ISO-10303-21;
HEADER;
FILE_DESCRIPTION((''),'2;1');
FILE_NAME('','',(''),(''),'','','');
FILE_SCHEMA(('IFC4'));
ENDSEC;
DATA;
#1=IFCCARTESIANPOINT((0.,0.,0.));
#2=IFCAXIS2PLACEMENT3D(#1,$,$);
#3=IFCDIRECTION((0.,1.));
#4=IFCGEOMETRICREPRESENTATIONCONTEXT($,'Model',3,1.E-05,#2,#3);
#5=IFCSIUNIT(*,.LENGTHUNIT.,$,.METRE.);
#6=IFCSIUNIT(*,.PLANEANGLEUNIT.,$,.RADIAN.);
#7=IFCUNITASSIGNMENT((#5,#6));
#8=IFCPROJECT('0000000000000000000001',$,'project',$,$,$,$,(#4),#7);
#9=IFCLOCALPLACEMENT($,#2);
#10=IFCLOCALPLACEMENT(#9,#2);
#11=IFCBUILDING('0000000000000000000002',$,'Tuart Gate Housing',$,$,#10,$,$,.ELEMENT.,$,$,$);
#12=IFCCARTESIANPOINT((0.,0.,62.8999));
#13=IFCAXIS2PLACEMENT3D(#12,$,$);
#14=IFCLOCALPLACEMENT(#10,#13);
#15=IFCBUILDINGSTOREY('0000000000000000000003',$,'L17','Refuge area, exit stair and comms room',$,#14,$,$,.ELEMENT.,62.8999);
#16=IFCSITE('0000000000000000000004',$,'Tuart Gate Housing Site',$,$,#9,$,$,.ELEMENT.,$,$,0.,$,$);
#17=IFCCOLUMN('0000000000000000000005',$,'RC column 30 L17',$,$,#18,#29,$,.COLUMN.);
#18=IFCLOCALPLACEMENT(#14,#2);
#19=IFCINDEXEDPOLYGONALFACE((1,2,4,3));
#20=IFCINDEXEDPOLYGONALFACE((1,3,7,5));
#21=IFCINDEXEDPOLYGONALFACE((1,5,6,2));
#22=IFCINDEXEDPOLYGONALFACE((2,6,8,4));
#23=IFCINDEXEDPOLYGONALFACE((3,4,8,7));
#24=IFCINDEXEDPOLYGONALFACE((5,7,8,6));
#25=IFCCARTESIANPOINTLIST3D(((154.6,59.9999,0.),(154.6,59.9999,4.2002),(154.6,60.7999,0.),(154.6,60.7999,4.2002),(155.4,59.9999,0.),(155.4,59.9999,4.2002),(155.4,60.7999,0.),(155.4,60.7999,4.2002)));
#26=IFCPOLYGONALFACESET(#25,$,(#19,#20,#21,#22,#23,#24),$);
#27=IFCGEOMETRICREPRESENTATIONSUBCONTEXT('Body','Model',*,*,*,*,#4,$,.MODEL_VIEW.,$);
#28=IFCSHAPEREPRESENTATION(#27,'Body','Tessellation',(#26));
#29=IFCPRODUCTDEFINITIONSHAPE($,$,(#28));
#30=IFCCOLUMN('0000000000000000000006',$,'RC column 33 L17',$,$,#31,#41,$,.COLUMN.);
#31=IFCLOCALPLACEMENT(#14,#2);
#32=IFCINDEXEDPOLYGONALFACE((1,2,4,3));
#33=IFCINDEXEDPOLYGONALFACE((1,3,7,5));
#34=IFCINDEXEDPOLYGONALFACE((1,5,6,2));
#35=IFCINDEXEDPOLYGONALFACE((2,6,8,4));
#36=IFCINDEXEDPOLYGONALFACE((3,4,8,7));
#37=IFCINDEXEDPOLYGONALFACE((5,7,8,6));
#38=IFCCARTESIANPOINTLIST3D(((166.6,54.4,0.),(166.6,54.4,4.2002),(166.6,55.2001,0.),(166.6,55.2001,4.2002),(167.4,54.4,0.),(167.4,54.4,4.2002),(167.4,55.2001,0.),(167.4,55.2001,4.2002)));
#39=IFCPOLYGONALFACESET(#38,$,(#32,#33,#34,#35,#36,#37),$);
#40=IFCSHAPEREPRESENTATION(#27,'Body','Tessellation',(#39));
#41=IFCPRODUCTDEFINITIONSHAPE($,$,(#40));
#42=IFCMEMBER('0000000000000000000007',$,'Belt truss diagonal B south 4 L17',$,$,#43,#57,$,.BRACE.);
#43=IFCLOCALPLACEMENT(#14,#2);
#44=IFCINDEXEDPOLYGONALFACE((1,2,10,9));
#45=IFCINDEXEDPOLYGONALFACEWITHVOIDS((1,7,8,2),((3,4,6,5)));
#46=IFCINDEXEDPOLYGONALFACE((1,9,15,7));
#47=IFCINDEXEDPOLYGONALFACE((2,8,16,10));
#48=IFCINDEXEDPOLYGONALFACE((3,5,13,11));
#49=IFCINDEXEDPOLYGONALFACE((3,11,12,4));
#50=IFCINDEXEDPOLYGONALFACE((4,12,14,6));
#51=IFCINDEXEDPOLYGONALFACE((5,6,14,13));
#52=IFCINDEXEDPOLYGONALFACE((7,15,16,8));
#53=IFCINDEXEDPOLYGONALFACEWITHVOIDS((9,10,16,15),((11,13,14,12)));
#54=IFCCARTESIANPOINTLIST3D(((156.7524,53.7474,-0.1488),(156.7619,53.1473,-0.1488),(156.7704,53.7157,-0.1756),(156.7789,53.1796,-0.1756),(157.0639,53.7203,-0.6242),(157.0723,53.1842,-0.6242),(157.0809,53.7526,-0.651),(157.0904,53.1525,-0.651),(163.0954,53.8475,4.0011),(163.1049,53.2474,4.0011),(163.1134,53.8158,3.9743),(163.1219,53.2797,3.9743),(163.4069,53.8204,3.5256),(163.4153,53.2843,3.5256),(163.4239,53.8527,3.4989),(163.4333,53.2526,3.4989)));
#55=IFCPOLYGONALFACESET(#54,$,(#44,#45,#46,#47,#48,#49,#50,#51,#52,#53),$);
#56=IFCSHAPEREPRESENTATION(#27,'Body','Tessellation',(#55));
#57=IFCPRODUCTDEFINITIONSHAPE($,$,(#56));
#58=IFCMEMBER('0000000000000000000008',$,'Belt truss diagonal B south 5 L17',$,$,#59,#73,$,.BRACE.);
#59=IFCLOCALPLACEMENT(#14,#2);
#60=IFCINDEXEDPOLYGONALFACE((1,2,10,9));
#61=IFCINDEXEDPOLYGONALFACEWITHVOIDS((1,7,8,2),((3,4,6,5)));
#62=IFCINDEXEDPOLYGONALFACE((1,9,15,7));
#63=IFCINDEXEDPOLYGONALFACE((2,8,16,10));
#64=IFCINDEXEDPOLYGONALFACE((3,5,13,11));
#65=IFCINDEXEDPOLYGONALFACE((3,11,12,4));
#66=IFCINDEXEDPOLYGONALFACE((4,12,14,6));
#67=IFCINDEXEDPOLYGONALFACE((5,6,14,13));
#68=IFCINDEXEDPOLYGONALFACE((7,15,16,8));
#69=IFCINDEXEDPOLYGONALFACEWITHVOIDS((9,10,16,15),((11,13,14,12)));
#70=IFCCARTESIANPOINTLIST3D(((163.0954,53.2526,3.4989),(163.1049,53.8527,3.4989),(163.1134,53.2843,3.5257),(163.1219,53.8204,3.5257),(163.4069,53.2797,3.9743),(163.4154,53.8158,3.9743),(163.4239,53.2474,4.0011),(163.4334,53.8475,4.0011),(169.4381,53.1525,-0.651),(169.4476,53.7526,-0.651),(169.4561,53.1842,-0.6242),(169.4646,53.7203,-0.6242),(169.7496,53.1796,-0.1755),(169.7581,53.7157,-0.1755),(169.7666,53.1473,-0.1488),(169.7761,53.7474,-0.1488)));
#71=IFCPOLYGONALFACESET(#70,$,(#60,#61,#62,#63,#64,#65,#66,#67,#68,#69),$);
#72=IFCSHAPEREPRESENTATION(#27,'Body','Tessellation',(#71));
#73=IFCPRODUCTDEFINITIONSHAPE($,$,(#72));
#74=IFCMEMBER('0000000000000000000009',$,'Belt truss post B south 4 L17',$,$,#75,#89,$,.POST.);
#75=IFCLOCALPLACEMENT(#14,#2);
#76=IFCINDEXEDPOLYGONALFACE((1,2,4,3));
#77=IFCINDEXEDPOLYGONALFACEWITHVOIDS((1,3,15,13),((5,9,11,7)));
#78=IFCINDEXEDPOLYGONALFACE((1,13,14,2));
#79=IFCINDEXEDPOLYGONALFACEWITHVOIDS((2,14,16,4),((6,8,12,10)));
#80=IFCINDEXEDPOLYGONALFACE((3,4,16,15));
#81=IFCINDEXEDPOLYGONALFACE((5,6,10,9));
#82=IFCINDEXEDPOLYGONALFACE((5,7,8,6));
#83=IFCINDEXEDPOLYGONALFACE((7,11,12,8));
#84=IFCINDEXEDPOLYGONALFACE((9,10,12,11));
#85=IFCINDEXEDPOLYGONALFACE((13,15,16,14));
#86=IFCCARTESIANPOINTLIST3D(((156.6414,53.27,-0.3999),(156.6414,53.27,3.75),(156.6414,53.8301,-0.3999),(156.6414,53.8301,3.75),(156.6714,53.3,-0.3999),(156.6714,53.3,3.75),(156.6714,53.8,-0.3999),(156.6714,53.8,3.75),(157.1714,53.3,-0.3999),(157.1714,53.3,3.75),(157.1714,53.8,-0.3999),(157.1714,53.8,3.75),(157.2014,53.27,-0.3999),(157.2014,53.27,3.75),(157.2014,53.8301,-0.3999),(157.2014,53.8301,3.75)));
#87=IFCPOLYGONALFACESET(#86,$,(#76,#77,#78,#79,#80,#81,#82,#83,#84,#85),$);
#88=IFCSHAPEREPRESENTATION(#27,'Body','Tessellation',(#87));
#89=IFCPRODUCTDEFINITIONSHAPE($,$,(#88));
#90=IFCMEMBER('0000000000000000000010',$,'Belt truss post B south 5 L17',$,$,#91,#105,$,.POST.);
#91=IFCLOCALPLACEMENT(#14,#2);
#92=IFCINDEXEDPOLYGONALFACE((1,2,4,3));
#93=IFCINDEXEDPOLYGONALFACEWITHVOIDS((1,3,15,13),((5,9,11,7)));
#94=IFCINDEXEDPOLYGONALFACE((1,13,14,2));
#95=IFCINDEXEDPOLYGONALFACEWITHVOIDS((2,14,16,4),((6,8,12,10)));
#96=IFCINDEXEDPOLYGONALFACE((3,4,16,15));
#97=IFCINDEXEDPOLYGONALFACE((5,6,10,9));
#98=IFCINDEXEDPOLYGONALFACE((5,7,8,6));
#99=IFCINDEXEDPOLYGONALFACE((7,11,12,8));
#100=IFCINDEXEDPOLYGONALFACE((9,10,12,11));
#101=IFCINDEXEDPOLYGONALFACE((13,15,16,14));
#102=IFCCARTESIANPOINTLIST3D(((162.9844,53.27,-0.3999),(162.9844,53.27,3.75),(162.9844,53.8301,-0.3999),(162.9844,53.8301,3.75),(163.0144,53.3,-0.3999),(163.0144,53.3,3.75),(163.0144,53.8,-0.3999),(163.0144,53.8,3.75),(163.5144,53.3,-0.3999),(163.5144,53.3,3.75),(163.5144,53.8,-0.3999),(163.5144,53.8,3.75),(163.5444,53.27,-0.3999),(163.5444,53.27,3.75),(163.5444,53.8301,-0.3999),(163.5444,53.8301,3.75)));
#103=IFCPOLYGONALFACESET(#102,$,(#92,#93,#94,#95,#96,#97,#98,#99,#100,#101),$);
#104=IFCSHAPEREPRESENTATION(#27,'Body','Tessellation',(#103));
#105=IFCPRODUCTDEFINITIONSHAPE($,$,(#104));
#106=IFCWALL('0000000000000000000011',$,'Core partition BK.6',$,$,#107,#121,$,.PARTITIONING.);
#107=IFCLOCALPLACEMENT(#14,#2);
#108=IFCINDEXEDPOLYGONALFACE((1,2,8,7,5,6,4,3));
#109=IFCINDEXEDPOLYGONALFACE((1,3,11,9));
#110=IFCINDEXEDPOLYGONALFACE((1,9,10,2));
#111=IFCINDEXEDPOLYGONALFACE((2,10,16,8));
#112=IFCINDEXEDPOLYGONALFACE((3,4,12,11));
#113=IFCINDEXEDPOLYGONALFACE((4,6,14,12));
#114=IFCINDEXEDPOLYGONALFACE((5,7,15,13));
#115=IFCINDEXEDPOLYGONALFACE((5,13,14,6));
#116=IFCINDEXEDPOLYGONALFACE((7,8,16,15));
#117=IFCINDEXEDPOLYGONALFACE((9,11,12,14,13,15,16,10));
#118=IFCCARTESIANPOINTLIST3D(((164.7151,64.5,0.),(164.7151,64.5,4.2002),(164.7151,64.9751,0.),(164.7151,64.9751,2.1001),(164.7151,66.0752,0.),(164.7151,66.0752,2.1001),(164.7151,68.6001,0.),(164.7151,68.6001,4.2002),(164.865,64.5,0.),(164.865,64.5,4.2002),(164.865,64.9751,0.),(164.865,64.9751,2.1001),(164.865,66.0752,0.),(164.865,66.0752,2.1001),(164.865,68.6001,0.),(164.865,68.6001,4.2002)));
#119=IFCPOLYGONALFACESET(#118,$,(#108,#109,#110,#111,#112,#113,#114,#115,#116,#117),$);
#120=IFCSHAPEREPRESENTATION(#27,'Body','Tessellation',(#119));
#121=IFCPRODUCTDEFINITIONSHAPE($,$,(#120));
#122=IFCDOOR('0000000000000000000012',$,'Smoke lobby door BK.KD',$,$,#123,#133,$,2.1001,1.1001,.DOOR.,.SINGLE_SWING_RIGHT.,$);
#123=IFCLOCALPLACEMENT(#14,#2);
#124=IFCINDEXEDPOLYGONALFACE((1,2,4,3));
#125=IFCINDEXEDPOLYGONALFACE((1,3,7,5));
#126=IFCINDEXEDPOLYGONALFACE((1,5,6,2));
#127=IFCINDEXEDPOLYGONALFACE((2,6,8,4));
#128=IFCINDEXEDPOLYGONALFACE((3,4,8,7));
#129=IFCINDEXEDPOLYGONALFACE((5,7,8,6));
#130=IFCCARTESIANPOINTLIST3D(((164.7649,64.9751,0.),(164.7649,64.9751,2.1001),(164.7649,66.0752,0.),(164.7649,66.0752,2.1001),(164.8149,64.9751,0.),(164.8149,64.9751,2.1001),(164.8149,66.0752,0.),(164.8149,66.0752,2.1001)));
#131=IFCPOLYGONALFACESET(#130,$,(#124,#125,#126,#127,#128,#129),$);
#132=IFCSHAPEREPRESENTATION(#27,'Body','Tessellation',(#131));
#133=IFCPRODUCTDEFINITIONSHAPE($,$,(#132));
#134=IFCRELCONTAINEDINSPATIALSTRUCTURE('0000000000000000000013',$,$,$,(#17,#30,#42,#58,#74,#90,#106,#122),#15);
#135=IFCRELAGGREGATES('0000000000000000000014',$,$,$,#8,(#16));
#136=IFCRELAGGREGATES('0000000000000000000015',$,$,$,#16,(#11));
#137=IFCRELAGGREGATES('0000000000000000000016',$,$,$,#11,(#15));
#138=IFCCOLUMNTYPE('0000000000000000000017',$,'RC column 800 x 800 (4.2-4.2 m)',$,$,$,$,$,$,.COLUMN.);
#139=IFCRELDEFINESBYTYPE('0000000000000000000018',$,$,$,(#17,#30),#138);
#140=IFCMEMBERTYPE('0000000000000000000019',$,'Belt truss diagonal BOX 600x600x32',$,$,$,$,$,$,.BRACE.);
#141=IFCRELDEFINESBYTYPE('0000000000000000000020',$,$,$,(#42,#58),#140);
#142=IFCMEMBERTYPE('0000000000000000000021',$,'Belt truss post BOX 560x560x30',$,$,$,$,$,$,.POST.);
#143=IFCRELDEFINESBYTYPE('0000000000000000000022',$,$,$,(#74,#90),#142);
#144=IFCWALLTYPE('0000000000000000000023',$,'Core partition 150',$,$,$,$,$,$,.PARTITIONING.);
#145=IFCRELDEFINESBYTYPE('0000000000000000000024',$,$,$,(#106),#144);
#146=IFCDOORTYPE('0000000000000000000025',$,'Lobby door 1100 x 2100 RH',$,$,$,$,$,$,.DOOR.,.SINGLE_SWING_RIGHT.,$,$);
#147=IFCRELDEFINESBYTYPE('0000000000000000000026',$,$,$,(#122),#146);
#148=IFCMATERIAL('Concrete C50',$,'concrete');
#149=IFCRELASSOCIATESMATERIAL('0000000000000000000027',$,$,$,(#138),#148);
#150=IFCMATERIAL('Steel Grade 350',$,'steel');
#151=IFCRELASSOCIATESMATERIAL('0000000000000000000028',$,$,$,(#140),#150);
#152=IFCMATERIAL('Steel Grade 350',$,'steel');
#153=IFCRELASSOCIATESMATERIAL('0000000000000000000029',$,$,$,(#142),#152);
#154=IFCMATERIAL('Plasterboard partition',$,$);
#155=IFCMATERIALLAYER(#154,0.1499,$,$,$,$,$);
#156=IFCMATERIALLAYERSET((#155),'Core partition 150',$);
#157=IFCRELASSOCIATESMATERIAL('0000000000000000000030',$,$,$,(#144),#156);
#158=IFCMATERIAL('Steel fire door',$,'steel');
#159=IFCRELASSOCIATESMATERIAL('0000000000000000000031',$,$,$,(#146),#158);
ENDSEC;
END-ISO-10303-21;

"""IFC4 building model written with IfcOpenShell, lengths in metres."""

from ifc_helpers import new_model, si_unit, direction, frame, frame_2d, origin, origin_2d, place, context, subcontext, project, spatial, rectangle, hollow_rectangle, extrude, material, layer, layer_set, material_profile, profile_set, type_object, element, fill, save


model = new_model("IFC4")

# Units and contexts
model_context = context("Model", 3, precision=1e-05, world=origin(), true_north=direction((0.0, 1.0)))
body_context = subcontext(model_context, "Body", "Model", "MODEL_VIEW")
ifc_project = project(units=[si_unit("LENGTHUNIT", "METRE"), si_unit("PLANEANGLEUNIT", "RADIAN")], contexts=[model_context])

# Site, building, storey
site_placement = place(None, origin())
site = spatial("IfcSite", under=ifc_project, at=site_placement, Name="Tuart Gate Housing Site", CompositionType="ELEMENT", RefElevation=0.0)
building_placement = place(site_placement, origin())
building = spatial("IfcBuilding", under=site, at=building_placement, Name="Tuart Gate Housing", CompositionType="ELEMENT")
storey_placement = place(building_placement, frame((0.0, 0.0, 62.8999)))
storey = spatial("IfcBuildingStorey", under=building, at=storey_placement, Name="L17", Description="Refuge area, exit stair and comms room", CompositionType="ELEMENT", Elevation=62.8999)

# Columns
ifc_material_1 = material(Name="Concrete C50", Category="concrete")
ifc_material_profile_1 = material_profile(ifc_material_1, rectangle(XDim=0.8, YDim=0.8, at=origin_2d()), Name="RC column 800 x 800 (4.2-4.2 m)")
ifc_profile_set_1 = profile_set([ifc_material_profile_1], Name="Concrete C50")
column_type = type_object("IfcColumnType", Name="RC column 800 x 800 (4.2-4.2 m)", PredefinedType="COLUMN", material=ifc_profile_set_1)
for number, where, z_axis, x_axis, name in (
    (1, (155.0, 60.3999, 0.0), (0.0, 0.0, 1.0), (1.0, 0.0, 0.0), "RC column 30 L17"),
    (2, (167.0, 54.8, 0.0), (0.0, 0.0, 1.0), (1.0, 0.0, 0.0), "RC column 33 L17"),
):
    element("IfcColumn", number, at=place(storey_placement, frame(where, z_axis=z_axis, x_axis=x_axis)), inside=storey, type_object=column_type, Name=name, PredefinedType="COLUMN", context=body_context, shape_type="SweptSolid", body=[
        extrude(rectangle(XDim=0.8, YDim=0.8, at=origin_2d()), origin(), (0.0, 0.0, 1.0), 4.2002),
    ])

# Members
ifc_material_2 = material(Name="Steel Grade 350", Category="steel")
ifc_material_profile_2 = material_profile(ifc_material_2, hollow_rectangle(XDim=0.6001, YDim=0.6001, WallThickness=0.032, at=origin_2d()), Name="BOX 600x600x32")
ifc_profile_set_2 = profile_set([ifc_material_profile_2], Name="Steel Grade 350")
member_type_1 = type_object("IfcMemberType", Name="Belt truss diagonal BOX 600x600x32", PredefinedType="BRACE", material=ifc_profile_set_2)
member_1_placement = place(storey_placement, frame((156.9214, 53.45, -0.3999), z_axis=(0.836743, 0.013204, 0.547437), x_axis=(-0.015779, 0.999876, 0.0)))
element("IfcMember", 3, at=member_1_placement, inside=storey, type_object=member_type_1, Name="Belt truss diagonal B south 4 L17", PredefinedType="BRACE", context=body_context, shape_type="SweptSolid", body=[
    extrude(hollow_rectangle(XDim=0.6001, YDim=0.6001, WallThickness=0.032, at=origin_2d()), origin(), (0.0, 0.0, 1.0), 7.5806),
])
member_2_placement = place(storey_placement, frame((163.2644, 53.55, 3.75), z_axis=(0.836733, -0.013205, -0.547452), x_axis=(0.015779, 0.999875, 0.0)))
element("IfcMember", 4, at=member_2_placement, inside=storey, type_object=member_type_1, Name="Belt truss diagonal B south 5 L17", PredefinedType="BRACE", context=body_context, shape_type="SweptSolid", body=[
    extrude(hollow_rectangle(XDim=0.6001, YDim=0.6001, WallThickness=0.032, at=origin_2d()), origin(), (0.0, 0.0, 1.0), 7.5803),
])
ifc_material_3 = material(Name="Steel Grade 350", Category="steel")
ifc_material_profile_3 = material_profile(ifc_material_3, hollow_rectangle(XDim=0.5601, YDim=0.5601, WallThickness=0.03, at=origin_2d()), Name="BOX 560x560x30")
ifc_profile_set_3 = profile_set([ifc_material_profile_3], Name="Steel Grade 350")
member_type_2 = type_object("IfcMemberType", Name="Belt truss post BOX 560x560x30", PredefinedType="POST", material=ifc_profile_set_3)
for number, where, z_axis, x_axis, name in (
    (5, (156.9214, 53.55, -0.3999), (0.0, 0.0, 1.0), (1.0, 0.0, 0.0), "Belt truss post B south 4 L17"),
    (6, (163.2644, 53.55, -0.3999), (0.0, 0.0, 1.0), (1.0, 0.0, 0.0), "Belt truss post B south 5 L17"),
):
    element("IfcMember", number, at=place(storey_placement, frame(where, z_axis=z_axis, x_axis=x_axis)), inside=storey, type_object=member_type_2, Name=name, PredefinedType="POST", context=body_context, shape_type="SweptSolid", body=[
        extrude(hollow_rectangle(XDim=0.5601, YDim=0.5601, WallThickness=0.03, at=origin_2d()), origin(), (0.0, 0.0, 1.0), 4.1499),
    ])

# Wall, opening, door
ifc_material_4 = material(Name="Plasterboard partition")
ifc_layer_1 = layer(ifc_material_4, 0.1499)
ifc_layer_set_1 = layer_set([ifc_layer_1], Name="Core partition 150")
wall_type_1 = type_object("IfcWallType", Name="Core partition 150", PredefinedType="PARTITIONING", material=ifc_layer_set_1)
wall_1_placement = place(storey_placement, frame((164.79, 68.6001, 0.0), z_axis=(0.0, 0.0, 1.0), x_axis=(0.0, -1.0, 0.0)))
wall_1 = element("IfcWall", 7, at=wall_1_placement, inside=storey, type_object=wall_type_1, Name="Core partition BK.6", PredefinedType="PARTITIONING", context=body_context, shape_type="SweptSolid", body=[
    extrude(rectangle(XDim=4.1001, YDim=0.1499, at=frame_2d((2.05, 0.0))), origin(), (0.0, 0.0, 1.0), 4.2002),
])
opening_1_placement = place(wall_1_placement, frame((2.5249, 0.0, 0.0)))
opening_1 = element("IfcOpeningElement", 8, at=opening_1_placement, cuts=wall_1, PredefinedType="OPENING", context=body_context, shape_type="SweptSolid", body=[
    extrude(rectangle(XDim=1.1001, YDim=2.1001, at=frame_2d((0.55, 1.05))), frame((0.0, 0.085, 0.0), z_axis=(0.0, -1.0, 0.0), x_axis=(1.0, 0.0, 0.0)), (0.0, 0.0, 1.0), 0.1699),
])
ifc_material_5 = material(Name="Steel fire door", Category="steel")
door_type_1 = type_object("IfcDoorType", Name="Lobby door 1100 x 2100 RH", OperationType="SINGLE_SWING_RIGHT", PredefinedType="DOOR", material=ifc_material_5)
door_1_placement = place(opening_1_placement, origin())
door_1 = element("IfcDoor", 9, at=door_1_placement, inside=storey, type_object=door_type_1, Name="Smoke lobby door BK.KD", OperationType="SINGLE_SWING_RIGHT", OverallHeight=2.1001, OverallWidth=1.1001, PredefinedType="DOOR", context=body_context, shape_type="SweptSolid", body=[
    extrude(rectangle(XDim=1.1001, YDim=2.1001, at=frame_2d((0.55, 1.05))), frame((0.0, 0.0249, 0.0), z_axis=(0.0, -1.0, 0.0), x_axis=(1.0, 0.0, 0.0)), (0.0, 0.0, 1.0), 0.05),
])
fill(opening_1, door_1)

save(model, "model.ifc")
